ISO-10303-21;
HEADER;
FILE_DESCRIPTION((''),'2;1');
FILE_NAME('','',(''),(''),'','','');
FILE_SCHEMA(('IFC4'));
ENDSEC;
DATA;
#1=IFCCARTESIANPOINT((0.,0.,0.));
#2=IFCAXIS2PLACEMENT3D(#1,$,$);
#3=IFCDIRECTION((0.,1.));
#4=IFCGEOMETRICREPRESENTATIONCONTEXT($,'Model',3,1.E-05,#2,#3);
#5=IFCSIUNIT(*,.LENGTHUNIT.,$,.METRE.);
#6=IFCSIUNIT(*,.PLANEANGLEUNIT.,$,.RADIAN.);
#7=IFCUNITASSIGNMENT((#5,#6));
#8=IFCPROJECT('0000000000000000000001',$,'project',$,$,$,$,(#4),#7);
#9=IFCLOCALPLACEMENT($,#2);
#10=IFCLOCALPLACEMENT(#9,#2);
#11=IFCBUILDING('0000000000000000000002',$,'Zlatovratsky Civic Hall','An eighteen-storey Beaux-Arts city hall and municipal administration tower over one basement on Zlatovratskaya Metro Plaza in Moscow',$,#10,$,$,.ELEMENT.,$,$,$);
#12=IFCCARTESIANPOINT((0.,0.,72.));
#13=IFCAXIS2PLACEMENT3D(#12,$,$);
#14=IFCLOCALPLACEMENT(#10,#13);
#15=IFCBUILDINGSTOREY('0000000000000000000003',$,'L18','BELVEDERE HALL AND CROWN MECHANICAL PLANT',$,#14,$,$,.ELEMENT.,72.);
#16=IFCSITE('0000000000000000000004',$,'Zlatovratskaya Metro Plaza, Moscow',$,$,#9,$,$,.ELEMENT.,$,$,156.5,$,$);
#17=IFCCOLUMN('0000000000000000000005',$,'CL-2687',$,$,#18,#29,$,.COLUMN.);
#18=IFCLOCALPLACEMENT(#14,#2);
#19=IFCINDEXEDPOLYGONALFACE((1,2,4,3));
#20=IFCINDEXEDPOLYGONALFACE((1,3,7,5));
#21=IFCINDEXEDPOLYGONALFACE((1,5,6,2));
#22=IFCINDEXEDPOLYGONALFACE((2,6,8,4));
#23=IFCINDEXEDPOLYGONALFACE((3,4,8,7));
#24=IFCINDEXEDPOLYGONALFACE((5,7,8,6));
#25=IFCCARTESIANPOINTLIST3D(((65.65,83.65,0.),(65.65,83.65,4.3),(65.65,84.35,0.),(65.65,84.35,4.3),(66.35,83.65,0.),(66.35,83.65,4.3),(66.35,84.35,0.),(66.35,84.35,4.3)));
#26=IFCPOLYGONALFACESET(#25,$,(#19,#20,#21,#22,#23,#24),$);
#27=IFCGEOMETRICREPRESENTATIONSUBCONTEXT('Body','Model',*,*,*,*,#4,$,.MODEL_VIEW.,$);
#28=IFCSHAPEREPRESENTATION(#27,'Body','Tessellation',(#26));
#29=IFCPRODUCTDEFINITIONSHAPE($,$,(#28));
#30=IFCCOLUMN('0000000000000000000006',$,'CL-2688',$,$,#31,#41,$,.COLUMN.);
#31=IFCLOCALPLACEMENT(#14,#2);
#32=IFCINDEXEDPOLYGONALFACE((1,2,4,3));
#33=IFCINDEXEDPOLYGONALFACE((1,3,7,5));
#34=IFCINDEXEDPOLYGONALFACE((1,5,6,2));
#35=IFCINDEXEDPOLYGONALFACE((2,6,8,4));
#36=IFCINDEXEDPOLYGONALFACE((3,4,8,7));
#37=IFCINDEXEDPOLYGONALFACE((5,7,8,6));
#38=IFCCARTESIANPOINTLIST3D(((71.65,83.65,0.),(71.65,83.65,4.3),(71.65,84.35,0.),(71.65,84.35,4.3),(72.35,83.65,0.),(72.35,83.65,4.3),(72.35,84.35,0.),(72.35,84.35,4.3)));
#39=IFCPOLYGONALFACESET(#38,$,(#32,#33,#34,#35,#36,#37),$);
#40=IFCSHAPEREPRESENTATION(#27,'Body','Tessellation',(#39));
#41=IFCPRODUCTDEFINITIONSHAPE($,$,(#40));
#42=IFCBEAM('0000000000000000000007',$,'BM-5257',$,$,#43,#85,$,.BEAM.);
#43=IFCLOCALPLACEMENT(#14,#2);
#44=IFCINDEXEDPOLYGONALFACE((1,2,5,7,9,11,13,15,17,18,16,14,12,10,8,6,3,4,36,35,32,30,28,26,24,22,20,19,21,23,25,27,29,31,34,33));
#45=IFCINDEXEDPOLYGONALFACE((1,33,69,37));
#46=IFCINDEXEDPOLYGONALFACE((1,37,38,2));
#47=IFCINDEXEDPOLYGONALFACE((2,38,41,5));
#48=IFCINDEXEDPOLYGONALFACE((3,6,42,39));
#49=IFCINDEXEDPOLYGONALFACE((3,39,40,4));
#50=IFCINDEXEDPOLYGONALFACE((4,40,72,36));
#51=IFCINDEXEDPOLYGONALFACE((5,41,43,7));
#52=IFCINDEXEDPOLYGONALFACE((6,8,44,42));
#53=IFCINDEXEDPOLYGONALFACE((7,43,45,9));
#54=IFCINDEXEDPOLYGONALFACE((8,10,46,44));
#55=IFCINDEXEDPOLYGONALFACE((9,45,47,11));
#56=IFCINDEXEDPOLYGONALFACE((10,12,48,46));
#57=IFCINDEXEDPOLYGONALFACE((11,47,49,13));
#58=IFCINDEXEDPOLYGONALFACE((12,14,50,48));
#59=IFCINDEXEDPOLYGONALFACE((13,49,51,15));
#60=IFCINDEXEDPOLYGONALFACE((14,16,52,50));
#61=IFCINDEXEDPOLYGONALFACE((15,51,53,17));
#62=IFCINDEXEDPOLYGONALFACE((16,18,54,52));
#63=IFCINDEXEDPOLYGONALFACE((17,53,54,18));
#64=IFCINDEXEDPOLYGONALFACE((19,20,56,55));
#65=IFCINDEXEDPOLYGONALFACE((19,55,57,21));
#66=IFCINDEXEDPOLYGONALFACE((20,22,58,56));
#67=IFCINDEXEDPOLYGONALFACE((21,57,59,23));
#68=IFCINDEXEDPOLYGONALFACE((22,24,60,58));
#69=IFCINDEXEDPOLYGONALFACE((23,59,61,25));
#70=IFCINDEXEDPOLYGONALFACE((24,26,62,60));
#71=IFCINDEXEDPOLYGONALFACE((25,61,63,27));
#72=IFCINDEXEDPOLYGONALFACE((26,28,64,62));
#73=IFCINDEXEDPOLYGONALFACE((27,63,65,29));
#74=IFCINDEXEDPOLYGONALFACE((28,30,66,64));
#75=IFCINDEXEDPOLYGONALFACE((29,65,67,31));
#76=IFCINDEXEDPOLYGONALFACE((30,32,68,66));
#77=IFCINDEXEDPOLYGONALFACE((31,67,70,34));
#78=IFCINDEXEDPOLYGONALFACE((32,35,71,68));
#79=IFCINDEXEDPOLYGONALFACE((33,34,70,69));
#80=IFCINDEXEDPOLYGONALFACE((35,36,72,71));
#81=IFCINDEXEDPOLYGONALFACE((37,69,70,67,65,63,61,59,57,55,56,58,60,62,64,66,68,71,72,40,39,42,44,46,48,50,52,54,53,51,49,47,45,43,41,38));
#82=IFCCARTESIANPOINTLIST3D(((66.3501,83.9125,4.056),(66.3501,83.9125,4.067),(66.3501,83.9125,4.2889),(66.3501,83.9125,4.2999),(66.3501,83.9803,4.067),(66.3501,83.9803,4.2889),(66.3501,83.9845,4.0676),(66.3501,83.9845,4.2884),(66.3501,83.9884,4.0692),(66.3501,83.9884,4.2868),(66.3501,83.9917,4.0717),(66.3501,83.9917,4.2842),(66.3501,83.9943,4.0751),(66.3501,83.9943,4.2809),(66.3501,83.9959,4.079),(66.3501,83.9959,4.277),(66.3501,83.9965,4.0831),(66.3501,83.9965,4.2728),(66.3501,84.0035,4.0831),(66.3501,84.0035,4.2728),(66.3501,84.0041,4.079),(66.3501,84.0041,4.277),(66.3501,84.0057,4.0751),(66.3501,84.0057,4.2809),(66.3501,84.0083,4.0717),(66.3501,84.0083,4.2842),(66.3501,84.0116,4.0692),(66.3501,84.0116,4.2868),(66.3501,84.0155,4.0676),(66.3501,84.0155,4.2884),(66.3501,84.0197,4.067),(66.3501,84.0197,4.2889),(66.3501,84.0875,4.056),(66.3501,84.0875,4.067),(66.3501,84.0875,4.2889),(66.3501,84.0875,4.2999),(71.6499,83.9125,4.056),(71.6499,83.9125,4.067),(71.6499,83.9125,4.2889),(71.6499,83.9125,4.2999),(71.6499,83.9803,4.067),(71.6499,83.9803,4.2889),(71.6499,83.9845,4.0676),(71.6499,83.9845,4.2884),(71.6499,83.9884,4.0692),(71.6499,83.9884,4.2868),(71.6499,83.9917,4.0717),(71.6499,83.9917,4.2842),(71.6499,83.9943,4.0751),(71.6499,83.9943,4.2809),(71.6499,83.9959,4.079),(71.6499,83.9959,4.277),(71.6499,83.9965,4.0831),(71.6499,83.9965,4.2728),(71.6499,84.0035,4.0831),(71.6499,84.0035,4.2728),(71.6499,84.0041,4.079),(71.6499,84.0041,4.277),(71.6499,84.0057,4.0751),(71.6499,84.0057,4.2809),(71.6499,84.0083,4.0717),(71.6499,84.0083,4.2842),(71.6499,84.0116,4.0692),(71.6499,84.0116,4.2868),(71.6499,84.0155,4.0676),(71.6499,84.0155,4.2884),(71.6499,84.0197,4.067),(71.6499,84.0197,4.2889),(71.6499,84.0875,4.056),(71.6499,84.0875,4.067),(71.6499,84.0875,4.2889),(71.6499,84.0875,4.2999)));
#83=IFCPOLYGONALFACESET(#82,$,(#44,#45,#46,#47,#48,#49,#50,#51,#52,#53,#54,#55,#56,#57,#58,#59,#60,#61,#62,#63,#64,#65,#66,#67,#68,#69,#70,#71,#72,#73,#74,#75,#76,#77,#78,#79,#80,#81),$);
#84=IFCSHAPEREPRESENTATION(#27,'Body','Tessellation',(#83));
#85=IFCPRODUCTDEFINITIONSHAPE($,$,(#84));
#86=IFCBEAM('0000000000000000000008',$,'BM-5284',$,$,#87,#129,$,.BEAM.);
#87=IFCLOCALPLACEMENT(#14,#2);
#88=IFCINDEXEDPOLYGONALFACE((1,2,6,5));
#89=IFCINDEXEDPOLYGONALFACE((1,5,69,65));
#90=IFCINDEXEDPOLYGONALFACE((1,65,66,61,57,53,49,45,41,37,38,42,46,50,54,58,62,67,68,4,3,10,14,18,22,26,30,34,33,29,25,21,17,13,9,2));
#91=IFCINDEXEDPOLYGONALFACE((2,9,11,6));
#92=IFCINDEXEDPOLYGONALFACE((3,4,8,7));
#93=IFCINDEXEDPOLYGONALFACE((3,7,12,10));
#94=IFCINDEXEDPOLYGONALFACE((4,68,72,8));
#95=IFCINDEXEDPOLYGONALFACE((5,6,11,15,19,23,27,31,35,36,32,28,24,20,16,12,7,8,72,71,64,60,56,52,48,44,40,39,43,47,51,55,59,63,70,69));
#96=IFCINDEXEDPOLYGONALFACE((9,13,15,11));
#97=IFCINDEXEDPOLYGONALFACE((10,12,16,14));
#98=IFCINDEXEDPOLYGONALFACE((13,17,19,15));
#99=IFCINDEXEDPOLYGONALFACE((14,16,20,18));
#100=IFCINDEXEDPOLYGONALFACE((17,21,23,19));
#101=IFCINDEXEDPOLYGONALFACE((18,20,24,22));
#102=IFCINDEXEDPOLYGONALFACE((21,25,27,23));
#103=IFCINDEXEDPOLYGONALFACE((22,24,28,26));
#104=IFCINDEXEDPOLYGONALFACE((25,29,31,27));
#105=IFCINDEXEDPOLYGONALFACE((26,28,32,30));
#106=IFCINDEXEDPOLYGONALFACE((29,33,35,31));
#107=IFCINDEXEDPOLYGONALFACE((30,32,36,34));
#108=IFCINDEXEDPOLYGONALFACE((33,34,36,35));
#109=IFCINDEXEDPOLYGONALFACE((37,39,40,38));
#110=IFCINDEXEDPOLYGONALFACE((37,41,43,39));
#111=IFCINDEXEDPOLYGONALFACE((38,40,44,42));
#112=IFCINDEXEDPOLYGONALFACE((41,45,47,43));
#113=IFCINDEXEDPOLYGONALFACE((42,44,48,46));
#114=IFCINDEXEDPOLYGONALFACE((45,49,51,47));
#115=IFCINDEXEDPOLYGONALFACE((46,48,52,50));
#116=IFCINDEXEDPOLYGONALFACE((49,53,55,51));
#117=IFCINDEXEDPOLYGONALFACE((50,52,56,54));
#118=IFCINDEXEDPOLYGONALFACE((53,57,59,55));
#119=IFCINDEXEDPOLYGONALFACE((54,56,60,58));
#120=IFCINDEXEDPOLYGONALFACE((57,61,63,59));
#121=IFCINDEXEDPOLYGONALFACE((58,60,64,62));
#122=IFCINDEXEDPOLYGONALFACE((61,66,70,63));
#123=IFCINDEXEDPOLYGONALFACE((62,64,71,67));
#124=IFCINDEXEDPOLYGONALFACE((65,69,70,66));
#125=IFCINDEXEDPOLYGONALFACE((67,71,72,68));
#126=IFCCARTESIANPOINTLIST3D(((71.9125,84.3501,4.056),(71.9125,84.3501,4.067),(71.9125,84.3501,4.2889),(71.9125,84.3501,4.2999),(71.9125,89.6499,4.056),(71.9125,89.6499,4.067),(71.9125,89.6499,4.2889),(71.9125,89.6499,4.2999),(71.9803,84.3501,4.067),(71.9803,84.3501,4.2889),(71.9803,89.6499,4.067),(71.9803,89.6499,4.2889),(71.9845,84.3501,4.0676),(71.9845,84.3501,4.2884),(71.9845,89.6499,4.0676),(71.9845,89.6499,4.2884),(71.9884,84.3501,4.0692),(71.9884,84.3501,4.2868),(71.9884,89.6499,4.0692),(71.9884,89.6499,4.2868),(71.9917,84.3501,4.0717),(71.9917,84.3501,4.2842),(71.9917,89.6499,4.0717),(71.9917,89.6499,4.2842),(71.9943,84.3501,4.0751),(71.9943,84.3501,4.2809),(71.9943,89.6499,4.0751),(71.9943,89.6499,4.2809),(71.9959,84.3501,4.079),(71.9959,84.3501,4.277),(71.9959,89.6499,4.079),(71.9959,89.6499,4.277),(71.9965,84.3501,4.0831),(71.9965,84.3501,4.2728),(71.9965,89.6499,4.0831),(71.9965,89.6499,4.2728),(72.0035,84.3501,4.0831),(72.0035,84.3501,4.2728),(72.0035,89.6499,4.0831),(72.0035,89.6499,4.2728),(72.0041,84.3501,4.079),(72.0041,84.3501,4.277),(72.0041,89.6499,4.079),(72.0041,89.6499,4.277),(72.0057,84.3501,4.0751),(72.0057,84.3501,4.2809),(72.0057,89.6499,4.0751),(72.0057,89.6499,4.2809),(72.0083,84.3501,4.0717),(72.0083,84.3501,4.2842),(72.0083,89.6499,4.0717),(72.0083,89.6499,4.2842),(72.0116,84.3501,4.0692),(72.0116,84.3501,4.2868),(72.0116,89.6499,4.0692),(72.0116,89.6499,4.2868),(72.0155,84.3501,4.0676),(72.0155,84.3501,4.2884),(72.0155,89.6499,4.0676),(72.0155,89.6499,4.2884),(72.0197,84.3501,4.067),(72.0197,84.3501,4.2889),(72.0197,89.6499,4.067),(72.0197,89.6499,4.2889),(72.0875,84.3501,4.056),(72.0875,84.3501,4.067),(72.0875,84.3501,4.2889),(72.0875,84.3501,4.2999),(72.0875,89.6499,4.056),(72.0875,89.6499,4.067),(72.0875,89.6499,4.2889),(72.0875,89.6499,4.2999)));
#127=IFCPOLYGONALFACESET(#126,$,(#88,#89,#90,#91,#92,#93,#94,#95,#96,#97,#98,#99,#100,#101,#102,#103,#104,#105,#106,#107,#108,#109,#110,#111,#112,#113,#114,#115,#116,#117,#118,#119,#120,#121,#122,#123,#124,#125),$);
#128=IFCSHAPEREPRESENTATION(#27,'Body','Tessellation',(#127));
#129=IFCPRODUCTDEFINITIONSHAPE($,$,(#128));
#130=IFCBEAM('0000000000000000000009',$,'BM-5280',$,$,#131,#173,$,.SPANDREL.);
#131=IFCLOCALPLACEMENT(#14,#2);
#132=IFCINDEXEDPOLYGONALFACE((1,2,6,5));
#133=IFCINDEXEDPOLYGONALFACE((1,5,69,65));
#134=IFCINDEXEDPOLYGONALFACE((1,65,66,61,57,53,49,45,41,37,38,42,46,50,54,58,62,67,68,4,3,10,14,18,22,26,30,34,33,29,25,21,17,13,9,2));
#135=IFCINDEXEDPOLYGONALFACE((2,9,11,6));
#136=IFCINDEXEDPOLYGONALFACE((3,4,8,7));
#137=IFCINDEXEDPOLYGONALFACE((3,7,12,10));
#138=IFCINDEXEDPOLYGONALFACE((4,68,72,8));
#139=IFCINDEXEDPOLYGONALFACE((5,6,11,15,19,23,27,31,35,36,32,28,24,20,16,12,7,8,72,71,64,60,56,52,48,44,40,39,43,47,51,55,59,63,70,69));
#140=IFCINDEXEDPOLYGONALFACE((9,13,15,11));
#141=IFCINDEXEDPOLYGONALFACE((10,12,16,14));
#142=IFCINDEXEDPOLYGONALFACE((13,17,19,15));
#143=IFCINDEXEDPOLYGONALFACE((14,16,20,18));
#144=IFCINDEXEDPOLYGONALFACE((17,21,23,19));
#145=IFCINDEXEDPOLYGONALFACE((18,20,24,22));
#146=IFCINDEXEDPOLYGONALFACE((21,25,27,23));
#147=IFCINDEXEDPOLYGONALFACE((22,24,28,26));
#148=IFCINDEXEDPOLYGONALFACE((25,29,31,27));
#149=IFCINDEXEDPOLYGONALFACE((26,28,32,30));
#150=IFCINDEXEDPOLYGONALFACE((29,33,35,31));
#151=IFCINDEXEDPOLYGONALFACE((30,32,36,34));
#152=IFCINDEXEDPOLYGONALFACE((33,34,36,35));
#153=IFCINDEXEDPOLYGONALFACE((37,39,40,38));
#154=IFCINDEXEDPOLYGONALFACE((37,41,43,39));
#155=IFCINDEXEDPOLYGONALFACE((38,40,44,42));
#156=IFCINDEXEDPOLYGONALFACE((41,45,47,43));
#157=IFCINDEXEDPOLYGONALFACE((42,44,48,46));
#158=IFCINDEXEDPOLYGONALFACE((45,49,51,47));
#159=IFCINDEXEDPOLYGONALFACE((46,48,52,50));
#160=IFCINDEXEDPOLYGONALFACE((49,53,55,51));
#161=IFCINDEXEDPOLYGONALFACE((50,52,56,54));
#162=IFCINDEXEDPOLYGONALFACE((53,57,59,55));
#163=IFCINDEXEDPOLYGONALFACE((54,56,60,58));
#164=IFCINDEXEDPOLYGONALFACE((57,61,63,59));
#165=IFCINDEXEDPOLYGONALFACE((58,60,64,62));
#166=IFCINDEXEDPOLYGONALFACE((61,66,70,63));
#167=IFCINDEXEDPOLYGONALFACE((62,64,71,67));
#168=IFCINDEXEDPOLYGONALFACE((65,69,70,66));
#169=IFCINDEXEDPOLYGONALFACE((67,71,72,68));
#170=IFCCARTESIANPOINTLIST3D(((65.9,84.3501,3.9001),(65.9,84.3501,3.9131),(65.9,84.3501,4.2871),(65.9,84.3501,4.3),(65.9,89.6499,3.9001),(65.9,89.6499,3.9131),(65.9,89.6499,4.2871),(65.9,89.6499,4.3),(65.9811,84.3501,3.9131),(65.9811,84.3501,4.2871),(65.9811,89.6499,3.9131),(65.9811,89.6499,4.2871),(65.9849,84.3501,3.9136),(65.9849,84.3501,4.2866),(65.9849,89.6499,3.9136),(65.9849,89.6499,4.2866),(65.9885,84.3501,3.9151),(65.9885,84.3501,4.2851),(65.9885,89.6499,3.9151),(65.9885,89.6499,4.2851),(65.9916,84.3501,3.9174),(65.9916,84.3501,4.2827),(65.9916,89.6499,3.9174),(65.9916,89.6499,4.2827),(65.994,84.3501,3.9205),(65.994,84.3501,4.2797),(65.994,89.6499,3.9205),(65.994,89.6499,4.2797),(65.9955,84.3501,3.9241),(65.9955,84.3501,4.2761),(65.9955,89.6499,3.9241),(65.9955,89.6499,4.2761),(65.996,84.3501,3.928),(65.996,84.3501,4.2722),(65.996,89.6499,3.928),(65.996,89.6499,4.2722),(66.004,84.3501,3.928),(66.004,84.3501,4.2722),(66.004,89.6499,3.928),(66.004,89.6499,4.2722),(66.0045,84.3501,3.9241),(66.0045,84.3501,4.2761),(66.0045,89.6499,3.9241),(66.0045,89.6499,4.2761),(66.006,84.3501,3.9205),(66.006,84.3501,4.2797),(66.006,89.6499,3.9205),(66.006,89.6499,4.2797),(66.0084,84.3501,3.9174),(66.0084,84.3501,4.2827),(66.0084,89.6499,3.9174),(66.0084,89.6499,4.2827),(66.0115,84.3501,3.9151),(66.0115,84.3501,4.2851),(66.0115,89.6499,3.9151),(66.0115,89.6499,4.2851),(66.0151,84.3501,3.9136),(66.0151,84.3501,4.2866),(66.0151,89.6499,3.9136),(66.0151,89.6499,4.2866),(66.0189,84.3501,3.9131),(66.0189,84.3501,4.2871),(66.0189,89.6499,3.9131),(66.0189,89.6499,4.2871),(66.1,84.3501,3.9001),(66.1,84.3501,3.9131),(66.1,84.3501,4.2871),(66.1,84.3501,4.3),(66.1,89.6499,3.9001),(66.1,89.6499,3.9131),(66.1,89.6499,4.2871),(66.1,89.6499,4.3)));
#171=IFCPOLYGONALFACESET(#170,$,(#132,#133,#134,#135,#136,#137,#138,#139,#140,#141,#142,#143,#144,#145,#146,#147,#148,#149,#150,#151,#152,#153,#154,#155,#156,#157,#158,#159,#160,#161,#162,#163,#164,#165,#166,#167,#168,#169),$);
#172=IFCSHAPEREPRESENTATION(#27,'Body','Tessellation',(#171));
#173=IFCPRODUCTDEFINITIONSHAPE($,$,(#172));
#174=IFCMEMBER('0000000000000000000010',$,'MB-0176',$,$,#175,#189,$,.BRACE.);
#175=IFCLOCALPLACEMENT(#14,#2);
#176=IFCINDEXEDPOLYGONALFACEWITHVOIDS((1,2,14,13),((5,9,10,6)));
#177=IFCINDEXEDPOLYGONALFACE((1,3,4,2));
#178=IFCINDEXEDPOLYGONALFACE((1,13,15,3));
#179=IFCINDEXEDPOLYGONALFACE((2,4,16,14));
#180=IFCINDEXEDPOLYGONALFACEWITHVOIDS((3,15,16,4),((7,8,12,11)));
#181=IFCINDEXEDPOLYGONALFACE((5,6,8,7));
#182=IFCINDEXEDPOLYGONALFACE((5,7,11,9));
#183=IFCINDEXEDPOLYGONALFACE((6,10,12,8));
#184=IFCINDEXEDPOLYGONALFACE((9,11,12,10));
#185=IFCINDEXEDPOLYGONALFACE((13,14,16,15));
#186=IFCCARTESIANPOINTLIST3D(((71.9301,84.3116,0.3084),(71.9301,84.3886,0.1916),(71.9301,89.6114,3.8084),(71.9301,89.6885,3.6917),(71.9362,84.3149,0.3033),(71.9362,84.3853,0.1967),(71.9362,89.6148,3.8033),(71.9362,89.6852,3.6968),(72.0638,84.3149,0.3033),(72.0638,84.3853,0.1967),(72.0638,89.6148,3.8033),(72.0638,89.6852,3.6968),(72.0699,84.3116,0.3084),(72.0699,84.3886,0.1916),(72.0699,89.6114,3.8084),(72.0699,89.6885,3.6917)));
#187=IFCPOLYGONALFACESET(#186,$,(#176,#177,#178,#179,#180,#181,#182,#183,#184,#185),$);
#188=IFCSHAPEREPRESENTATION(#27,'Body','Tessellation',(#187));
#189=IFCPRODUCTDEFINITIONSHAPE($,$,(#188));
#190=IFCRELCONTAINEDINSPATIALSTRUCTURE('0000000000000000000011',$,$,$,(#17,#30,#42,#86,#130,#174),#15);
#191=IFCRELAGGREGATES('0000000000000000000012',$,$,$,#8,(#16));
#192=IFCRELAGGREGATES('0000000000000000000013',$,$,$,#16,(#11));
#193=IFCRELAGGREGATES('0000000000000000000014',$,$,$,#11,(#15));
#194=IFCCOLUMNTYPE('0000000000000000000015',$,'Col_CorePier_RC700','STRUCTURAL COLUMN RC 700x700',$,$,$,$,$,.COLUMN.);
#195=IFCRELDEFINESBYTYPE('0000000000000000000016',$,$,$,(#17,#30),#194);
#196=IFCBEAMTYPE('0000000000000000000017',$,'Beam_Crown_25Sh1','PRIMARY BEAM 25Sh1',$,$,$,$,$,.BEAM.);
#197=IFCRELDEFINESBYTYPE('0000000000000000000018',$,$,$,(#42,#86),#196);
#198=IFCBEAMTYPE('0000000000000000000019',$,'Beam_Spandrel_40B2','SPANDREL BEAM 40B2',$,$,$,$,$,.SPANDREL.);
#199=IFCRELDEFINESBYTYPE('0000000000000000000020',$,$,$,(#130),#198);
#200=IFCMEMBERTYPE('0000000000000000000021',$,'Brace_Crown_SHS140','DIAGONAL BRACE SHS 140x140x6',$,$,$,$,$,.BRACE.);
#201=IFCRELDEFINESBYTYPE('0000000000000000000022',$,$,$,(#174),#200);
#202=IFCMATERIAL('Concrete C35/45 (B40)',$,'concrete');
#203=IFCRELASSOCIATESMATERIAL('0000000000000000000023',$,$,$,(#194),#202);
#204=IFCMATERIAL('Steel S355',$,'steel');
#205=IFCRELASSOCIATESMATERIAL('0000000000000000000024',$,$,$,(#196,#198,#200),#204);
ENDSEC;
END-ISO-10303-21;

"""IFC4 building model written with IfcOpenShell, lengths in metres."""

from ifc_helpers import new_model, si_unit, direction, frame, origin, origin_2d, place, context, subcontext, project, spatial, rectangle, hollow_rectangle, i_section, extrude, material, material_profile, profile_set, type_object, element, save


model = new_model("IFC4")

# Units and contexts
model_context = context("Model", 3, precision=1e-05, world=origin(), true_north=direction((0.0, 1.0)))
body_context = subcontext(model_context, "Body", "Model", "MODEL_VIEW")
ifc_project = project(units=[si_unit("LENGTHUNIT", "METRE"), si_unit("PLANEANGLEUNIT", "RADIAN")], contexts=[model_context])

# Site, building, storey
site_placement = place(None, origin())
site = spatial("IfcSite", under=ifc_project, at=site_placement, Name="Zlatovratskaya Metro Plaza, Moscow", CompositionType="ELEMENT", RefElevation=156.5)
building_placement = place(site_placement, origin())
building = spatial("IfcBuilding", under=site, at=building_placement, Name="Zlatovratsky Civic Hall", Description="An eighteen-storey Beaux-Arts city hall and municipal administration tower over one basement on Zlatovratskaya Metro Plaza in Moscow", CompositionType="ELEMENT")
storey_placement = place(building_placement, frame((0.0, 0.0, 72.0)))
storey = spatial("IfcBuildingStorey", under=building, at=storey_placement, Name="L18", Description="BELVEDERE HALL AND CROWN MECHANICAL PLANT", CompositionType="ELEMENT", Elevation=72.0)

# Columns
ifc_material_1 = material(Name="Concrete C35/45 (B40)", Category="concrete")
ifc_material_profile_1 = material_profile(ifc_material_1, rectangle(XDim=0.7, YDim=0.7, at=origin_2d()), Name="RC 700x700")
ifc_profile_set_1 = profile_set([ifc_material_profile_1], Name="Concrete C35/45 (B40)")
column_type = type_object("IfcColumnType", Name="Col_CorePier_RC700", Description="STRUCTURAL COLUMN RC 700x700", PredefinedType="COLUMN", material=ifc_profile_set_1)
for number, where, z_axis, x_axis, name in (
    (1, (66.0, 84.0, 0.0), (0.0, 0.0, 1.0), (1.0, 0.0, 0.0), "CL-2687"),
    (2, (72.0, 84.0, 0.0), (0.0, 0.0, 1.0), (1.0, 0.0, 0.0), "CL-2688"),
):
    element("IfcColumn", number, at=place(storey_placement, frame(where, z_axis=z_axis, x_axis=x_axis)), inside=storey, type_object=column_type, Name=name, PredefinedType="COLUMN", context=body_context, shape_type="SweptSolid", body=[
        extrude(rectangle(XDim=0.7, YDim=0.7, at=origin_2d()), origin(), (0.0, 0.0, 1.0), 4.3),
    ])

# Beams
ifc_material_2 = material(Name="Steel S355", Category="steel")
ifc_material_profile_2 = material_profile(ifc_material_2, i_section(OverallWidth=0.175, OverallDepth=0.2439, WebThickness=0.0071, FlangeThickness=0.011, FilletRadius=0.0161, at=origin_2d()), Name="25Sh1")
ifc_profile_set_2 = profile_set([ifc_material_profile_2], Name="Steel S355")
beam_type_1 = type_object("IfcBeamType", Name="Beam_Crown_25Sh1", Description="PRIMARY BEAM 25Sh1", PredefinedType="BEAM", material=ifc_profile_set_2)
for number, where, z_axis, x_axis, name in (
    (3, (66.3501, 84.0, 4.178), (1.0, 0.0, 0.0), (0.0, 1.0, 0.0), "BM-5257"),
    (4, (72.0, 84.3501, 4.178), (0.0, 1.0, 0.0), (-1.0, 0.0, 0.0), "BM-5284"),
):
    element("IfcBeam", number, at=place(storey_placement, frame(where, z_axis=z_axis, x_axis=x_axis)), inside=storey, type_object=beam_type_1, Name=name, PredefinedType="BEAM", context=body_context, shape_type="SweptSolid", body=[
        extrude(i_section(OverallWidth=0.175, OverallDepth=0.2439, WebThickness=0.0071, FlangeThickness=0.011, FilletRadius=0.0161, at=origin_2d()), origin(), (0.0, 0.0, 1.0), 5.2998),
    ])
ifc_material_profile_3 = material_profile(ifc_material_2, i_section(OverallWidth=0.2, OverallDepth=0.3999, WebThickness=0.0081, FlangeThickness=0.0129, FilletRadius=0.0149, at=origin_2d()), Name="40B2")
ifc_profile_set_3 = profile_set([ifc_material_profile_3], Name="Steel S355")
beam_type_2 = type_object("IfcBeamType", Name="Beam_Spandrel_40B2", Description="SPANDREL BEAM 40B2", PredefinedType="SPANDREL", material=ifc_profile_set_3)
beam_placement = place(storey_placement, frame((66.0, 84.3501, 4.1001), z_axis=(0.0, 1.0, 0.0), x_axis=(-1.0, 0.0, 0.0)))
element("IfcBeam", 5, at=beam_placement, inside=storey, type_object=beam_type_2, Name="BM-5280", PredefinedType="SPANDREL", context=body_context, shape_type="SweptSolid", body=[
    extrude(i_section(OverallWidth=0.2, OverallDepth=0.3999, WebThickness=0.0081, FlangeThickness=0.0129, FilletRadius=0.0149, at=origin_2d()), origin(), (0.0, 0.0, 1.0), 5.2998),
])

# Member
ifc_material_profile_4 = material_profile(ifc_material_2, hollow_rectangle(XDim=0.1399, YDim=0.1399, WallThickness=0.0061, at=origin_2d()), Name="SHS 140x140x6")
ifc_profile_set_4 = profile_set([ifc_material_profile_4], Name="Steel S355")
member_type = type_object("IfcMemberType", Name="Brace_Crown_SHS140", Description="DIAGONAL BRACE SHS 140x140x6", PredefinedType="BRACE", material=ifc_profile_set_4)
member_placement = place(storey_placement, frame((72.0, 84.3501, 0.25), z_axis=(0.0, 0.834455, 0.551076), x_axis=(-1.0, 0.0, 0.0)))
element("IfcMember", 6, at=member_placement, inside=storey, type_object=member_type, Name="MB-0176", PredefinedType="BRACE", context=body_context, shape_type="SweptSolid", body=[
    extrude(hollow_rectangle(XDim=0.1399, YDim=0.1399, WallThickness=0.0061, at=origin_2d()), origin(), (0.0, 0.0, 1.0), 6.3513),
])

save(model, "model.ifc")
